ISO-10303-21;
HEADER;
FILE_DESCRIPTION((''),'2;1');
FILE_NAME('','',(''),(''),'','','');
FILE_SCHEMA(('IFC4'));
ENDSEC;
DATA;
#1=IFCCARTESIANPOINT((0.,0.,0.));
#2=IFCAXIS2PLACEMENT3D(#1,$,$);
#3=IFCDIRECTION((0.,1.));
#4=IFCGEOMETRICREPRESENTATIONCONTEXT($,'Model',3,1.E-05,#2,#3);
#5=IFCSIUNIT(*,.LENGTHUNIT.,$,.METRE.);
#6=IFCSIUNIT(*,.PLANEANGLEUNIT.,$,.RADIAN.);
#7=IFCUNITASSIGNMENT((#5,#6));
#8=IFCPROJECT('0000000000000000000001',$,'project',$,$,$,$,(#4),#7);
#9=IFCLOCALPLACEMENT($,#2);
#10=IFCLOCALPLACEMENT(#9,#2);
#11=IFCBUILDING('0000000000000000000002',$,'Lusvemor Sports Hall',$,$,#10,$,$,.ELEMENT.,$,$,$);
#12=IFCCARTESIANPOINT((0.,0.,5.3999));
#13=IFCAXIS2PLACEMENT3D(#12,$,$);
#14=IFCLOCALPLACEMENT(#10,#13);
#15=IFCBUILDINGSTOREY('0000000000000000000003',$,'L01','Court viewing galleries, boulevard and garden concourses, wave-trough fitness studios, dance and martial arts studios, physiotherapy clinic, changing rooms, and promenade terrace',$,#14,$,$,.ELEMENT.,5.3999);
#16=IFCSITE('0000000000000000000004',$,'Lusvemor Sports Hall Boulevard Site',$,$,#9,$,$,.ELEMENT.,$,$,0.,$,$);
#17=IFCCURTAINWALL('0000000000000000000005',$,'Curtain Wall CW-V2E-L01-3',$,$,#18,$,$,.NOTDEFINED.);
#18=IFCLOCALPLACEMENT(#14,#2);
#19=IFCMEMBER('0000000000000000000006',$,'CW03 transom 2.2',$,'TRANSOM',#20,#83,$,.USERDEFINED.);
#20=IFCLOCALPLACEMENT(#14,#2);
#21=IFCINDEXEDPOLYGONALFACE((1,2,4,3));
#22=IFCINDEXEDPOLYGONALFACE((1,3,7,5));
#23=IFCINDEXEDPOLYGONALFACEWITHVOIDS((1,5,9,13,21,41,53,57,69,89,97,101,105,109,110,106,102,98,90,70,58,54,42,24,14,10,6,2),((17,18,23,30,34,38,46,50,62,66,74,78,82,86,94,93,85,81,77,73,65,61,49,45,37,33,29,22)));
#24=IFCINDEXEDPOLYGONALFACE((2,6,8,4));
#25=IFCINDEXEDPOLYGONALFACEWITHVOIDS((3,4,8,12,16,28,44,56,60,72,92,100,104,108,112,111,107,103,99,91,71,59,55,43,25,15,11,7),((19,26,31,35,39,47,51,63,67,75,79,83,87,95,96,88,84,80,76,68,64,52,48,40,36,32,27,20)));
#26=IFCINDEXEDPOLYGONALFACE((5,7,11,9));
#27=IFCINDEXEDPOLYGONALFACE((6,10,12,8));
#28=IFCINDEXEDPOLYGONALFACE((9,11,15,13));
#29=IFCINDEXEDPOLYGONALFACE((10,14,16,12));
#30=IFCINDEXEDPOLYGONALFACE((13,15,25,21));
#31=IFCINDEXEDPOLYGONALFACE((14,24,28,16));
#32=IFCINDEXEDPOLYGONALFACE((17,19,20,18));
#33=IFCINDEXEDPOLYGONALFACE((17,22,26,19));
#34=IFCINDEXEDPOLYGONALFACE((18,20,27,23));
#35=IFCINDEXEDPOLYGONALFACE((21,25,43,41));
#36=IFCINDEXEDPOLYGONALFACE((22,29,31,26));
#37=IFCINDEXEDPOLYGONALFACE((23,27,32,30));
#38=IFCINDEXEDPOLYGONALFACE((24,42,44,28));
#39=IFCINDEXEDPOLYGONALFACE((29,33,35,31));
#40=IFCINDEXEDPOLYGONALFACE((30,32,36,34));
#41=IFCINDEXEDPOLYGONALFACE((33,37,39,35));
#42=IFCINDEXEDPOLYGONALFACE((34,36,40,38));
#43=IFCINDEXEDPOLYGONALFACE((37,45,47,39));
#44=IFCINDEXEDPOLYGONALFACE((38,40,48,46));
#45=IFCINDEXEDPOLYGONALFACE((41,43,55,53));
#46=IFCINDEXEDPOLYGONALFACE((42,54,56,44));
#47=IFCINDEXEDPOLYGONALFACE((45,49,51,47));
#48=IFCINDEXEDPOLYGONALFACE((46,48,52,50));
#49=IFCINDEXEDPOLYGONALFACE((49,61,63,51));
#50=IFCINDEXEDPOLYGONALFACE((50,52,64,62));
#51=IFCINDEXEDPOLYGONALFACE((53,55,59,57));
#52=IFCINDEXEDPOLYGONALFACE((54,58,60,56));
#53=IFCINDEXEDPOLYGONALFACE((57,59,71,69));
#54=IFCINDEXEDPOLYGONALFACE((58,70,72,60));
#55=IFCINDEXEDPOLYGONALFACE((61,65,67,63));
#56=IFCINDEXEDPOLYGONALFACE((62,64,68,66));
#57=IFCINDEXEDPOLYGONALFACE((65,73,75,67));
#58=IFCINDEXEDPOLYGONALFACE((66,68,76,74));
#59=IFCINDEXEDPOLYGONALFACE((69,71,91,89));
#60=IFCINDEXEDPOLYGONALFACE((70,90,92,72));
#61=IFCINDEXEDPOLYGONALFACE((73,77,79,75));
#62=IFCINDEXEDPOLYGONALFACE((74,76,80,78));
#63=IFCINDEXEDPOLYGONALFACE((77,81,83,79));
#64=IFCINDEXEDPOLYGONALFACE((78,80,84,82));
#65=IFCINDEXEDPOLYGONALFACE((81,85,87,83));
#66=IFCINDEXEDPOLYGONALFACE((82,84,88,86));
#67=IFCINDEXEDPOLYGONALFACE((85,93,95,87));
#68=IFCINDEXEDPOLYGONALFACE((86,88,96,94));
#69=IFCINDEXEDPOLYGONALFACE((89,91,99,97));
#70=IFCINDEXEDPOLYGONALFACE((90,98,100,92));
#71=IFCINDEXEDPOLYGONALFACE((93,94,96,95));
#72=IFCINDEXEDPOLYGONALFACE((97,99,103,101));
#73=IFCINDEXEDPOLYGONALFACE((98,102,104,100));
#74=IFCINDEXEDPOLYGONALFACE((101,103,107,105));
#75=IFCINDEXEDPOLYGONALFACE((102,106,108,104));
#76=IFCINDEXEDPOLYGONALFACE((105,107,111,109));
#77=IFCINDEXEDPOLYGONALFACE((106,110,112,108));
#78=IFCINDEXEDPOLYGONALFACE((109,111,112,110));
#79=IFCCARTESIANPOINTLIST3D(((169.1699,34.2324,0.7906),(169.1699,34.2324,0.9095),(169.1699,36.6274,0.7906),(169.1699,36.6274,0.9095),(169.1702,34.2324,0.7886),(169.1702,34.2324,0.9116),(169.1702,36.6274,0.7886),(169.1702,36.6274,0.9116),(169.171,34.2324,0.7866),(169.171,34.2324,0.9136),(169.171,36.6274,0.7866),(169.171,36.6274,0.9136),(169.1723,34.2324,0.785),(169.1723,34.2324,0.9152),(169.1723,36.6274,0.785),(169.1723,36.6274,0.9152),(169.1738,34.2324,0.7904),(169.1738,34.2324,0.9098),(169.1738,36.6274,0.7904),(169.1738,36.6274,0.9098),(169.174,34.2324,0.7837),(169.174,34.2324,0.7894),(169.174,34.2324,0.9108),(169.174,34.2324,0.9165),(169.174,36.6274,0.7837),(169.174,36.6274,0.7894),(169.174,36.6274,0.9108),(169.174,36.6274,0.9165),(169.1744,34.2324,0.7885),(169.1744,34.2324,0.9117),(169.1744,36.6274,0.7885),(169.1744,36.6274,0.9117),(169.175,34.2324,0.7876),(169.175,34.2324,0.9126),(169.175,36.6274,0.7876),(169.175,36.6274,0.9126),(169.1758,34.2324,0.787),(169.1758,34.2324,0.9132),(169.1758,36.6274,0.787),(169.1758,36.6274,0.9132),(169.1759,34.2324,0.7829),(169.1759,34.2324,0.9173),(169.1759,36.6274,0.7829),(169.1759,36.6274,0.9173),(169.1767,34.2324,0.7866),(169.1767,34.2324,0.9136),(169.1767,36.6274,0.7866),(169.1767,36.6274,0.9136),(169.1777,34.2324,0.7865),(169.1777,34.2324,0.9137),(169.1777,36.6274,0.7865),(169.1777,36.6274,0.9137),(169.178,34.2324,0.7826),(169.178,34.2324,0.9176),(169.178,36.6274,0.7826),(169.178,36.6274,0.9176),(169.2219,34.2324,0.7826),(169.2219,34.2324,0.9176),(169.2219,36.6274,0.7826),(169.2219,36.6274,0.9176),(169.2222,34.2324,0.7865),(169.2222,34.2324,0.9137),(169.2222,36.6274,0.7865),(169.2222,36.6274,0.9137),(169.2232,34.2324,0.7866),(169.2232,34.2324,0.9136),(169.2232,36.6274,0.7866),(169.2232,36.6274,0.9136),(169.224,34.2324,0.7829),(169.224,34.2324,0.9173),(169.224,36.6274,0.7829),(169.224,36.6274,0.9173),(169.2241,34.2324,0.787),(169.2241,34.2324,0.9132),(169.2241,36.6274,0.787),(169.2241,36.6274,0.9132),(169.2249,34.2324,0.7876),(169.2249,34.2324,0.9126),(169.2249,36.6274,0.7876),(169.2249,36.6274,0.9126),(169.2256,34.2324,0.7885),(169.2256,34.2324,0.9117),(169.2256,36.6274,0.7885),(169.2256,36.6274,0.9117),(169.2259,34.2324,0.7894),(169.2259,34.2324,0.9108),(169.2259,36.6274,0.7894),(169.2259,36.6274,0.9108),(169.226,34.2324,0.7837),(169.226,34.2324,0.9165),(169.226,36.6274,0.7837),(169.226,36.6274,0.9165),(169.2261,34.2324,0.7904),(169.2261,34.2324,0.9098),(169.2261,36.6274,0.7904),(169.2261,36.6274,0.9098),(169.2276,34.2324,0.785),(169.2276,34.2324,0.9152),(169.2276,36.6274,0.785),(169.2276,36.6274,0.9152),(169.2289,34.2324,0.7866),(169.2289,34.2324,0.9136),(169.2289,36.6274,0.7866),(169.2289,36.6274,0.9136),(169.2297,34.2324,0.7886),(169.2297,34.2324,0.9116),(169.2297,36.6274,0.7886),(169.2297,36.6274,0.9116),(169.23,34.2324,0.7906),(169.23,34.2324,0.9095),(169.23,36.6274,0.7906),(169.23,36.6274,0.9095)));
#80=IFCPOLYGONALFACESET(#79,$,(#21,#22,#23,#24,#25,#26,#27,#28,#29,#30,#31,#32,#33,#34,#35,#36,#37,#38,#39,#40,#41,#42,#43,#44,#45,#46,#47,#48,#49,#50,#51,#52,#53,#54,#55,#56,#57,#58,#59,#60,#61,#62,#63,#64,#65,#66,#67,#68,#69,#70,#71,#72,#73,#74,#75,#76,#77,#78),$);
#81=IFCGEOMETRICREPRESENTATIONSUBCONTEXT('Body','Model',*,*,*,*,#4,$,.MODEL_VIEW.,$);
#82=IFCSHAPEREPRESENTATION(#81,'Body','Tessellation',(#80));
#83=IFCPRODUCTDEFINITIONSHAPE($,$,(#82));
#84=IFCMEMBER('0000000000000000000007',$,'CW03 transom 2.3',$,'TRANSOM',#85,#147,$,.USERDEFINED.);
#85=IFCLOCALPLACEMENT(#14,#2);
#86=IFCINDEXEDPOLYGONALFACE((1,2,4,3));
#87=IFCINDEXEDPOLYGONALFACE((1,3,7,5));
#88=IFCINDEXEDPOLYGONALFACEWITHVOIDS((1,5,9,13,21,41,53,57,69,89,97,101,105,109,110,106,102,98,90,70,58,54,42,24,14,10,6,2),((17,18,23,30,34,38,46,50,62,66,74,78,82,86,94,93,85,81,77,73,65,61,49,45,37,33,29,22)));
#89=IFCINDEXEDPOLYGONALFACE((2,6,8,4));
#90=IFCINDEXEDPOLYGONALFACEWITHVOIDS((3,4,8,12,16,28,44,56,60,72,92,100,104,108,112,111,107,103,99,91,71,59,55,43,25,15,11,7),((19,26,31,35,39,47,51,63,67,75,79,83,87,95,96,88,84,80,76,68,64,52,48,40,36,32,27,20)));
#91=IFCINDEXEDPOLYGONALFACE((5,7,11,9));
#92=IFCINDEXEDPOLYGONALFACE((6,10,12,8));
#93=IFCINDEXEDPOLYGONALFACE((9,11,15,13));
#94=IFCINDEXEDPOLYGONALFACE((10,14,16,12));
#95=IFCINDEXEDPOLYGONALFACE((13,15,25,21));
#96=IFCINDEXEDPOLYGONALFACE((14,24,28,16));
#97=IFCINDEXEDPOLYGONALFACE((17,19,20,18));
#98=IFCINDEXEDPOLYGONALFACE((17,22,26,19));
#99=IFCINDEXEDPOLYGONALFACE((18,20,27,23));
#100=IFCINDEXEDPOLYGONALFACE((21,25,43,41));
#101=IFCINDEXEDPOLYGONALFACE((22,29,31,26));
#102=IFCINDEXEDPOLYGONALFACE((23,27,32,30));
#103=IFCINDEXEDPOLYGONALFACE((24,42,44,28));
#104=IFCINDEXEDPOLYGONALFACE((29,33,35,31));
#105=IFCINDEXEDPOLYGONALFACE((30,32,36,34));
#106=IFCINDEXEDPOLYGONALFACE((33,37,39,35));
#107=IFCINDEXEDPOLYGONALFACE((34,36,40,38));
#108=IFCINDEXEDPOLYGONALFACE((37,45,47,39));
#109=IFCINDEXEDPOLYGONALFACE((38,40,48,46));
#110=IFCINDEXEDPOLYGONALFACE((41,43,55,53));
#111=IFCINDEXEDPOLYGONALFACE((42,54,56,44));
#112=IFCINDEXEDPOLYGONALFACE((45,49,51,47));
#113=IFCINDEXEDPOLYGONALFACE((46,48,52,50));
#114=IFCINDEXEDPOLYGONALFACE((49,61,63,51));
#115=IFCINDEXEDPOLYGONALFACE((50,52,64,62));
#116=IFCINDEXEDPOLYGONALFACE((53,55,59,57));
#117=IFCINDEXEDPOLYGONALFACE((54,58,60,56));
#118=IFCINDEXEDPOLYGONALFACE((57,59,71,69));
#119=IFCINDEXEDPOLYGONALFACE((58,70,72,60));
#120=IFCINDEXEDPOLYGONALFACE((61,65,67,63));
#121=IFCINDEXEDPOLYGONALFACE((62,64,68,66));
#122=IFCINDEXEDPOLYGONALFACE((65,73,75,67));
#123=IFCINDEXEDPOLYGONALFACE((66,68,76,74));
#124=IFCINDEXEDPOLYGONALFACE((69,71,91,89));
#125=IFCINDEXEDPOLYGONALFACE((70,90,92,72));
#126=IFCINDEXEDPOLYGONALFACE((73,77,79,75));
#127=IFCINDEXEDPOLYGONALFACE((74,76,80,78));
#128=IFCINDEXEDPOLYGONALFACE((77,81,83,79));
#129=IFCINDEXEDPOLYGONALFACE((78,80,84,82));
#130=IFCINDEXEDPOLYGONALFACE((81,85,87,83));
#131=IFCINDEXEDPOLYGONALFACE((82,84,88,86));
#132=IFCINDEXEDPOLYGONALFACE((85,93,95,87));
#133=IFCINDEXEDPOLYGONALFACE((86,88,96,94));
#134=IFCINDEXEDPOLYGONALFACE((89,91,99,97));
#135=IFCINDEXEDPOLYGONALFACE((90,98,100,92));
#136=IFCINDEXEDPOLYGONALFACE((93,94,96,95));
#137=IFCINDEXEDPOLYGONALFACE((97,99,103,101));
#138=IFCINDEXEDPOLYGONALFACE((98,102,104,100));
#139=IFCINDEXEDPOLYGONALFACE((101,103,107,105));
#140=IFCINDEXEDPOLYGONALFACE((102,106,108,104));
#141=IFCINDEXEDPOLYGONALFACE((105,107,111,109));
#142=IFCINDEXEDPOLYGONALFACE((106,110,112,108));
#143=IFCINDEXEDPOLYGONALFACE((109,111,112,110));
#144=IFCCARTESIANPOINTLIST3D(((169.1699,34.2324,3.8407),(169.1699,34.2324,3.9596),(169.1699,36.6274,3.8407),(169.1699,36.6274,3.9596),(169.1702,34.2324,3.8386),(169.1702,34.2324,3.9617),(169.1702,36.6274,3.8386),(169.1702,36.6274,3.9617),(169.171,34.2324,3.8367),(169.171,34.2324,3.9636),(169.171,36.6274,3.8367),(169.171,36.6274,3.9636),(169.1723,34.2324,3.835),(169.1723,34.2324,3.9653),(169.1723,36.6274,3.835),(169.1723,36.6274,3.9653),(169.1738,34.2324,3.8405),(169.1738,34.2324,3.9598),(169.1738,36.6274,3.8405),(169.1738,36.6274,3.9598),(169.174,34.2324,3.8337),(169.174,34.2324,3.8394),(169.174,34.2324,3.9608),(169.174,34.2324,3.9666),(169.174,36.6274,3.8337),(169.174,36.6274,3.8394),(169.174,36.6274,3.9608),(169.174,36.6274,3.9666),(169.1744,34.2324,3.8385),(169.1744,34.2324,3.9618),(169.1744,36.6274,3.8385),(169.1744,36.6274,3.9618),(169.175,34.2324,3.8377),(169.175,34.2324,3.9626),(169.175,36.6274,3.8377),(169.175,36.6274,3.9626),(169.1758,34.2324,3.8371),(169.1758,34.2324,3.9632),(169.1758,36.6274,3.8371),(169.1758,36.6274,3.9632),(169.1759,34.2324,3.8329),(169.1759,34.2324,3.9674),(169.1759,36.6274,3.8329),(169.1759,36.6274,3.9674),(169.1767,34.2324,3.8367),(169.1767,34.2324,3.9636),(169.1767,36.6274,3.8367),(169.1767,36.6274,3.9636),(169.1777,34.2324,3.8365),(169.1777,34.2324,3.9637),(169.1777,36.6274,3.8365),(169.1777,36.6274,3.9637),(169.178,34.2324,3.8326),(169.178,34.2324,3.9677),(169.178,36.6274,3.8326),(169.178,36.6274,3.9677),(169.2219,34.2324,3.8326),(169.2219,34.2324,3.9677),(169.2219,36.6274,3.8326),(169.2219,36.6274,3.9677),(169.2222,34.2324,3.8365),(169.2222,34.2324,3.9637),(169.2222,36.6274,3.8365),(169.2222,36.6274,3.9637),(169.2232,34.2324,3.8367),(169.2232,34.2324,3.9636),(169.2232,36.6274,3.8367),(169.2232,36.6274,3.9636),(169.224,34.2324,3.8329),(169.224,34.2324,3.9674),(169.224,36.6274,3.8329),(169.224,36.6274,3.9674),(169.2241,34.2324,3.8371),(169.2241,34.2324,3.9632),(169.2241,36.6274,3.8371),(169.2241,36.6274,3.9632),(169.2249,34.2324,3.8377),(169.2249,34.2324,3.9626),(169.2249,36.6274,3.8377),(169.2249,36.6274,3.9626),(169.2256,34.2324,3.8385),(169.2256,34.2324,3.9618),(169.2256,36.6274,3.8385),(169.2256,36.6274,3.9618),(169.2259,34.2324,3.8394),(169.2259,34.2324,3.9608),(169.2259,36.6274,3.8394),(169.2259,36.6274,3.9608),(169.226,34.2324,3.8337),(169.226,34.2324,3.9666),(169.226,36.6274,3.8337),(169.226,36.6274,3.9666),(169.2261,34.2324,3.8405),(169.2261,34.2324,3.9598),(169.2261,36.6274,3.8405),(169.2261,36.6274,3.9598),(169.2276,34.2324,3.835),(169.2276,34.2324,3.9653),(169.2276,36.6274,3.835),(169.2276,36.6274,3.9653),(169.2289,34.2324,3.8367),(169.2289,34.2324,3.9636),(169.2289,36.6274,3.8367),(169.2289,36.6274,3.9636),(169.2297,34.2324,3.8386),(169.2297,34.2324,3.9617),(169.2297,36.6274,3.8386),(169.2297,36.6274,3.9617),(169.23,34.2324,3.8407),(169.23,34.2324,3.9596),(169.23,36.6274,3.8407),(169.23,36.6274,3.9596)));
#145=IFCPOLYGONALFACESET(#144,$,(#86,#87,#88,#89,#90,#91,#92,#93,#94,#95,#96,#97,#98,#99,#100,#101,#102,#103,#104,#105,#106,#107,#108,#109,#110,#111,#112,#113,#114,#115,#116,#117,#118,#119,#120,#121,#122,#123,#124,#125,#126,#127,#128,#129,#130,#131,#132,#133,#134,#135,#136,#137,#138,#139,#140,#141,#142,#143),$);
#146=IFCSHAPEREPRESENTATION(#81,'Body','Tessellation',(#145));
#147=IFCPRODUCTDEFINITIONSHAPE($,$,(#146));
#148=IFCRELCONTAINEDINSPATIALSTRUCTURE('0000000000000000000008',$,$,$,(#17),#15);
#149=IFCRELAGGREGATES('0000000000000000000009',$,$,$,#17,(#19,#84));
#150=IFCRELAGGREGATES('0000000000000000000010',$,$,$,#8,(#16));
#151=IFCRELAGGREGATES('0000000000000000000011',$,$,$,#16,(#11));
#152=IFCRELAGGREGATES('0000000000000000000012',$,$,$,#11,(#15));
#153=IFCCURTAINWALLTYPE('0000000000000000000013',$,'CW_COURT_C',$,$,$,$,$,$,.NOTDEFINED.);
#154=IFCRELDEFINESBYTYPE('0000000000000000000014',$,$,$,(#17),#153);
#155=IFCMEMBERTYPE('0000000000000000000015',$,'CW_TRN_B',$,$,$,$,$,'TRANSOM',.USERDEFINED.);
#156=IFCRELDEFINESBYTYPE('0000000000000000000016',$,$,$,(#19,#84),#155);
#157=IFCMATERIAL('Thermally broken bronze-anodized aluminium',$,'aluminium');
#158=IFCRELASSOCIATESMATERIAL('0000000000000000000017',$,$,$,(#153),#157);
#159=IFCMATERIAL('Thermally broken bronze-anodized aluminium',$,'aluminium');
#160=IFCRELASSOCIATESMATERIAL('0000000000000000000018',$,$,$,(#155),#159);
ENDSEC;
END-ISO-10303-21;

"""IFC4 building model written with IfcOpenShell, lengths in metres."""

from ifc_helpers import new_model, si_unit, direction, frame, origin, origin_2d, place, context, subcontext, project, spatial, hollow_rectangle, extrude, material, material_profile, profile_set, type_object, element, aggregate, save


model = new_model("IFC4")

# Units and contexts
model_context = context("Model", 3, precision=1e-05, world=origin(), true_north=direction((0.0, 1.0)))
body_context = subcontext(model_context, "Body", "Model", "MODEL_VIEW")
ifc_project = project(units=[si_unit("LENGTHUNIT", "METRE"), si_unit("PLANEANGLEUNIT", "RADIAN")], contexts=[model_context])

# Site, building, storey
site_placement = place(None, origin())
site = spatial("IfcSite", under=ifc_project, at=site_placement, Name="Lusvemor Sports Hall Boulevard Site", CompositionType="ELEMENT", RefElevation=0.0)
building_placement = place(site_placement, origin())
building = spatial("IfcBuilding", under=site, at=building_placement, Name="Lusvemor Sports Hall", CompositionType="ELEMENT")
storey_placement = place(building_placement, frame((0.0, 0.0, 5.3999)))
storey = spatial("IfcBuildingStorey", under=building, at=storey_placement, Name="L01", Description="Court viewing galleries, boulevard and garden concourses, wave-trough fitness studios, dance and martial arts studios, physiotherapy clinic, changing rooms, and promenade terrace", CompositionType="ELEMENT", Elevation=5.3999)

# Curtain wall
ifc_material_1 = material(Name="Thermally broken bronze-anodized aluminium", Category="aluminium")
curtain_wall_type_1 = type_object("IfcCurtainWallType", Name="CW_COURT_C", PredefinedType="NOTDEFINED", material=ifc_material_1)
curtain_wall_1_placement = place(storey_placement, origin())
curtain_wall_1 = element("IfcCurtainWall", 1, at=curtain_wall_1_placement, inside=storey, type_object=curtain_wall_type_1, Name="Curtain Wall CW-V2E-L01-3", PredefinedType="NOTDEFINED")

# Members
ifc_material_2 = material(Name="Thermally broken bronze-anodized aluminium", Category="aluminium")
ifc_material_profile_1 = material_profile(ifc_material_2, hollow_rectangle(XDim=0.0601, YDim=0.135, WallThickness=0.0039, InnerFilletRadius=0.0039, OuterFilletRadius=0.0081, at=origin_2d()), Name="CWTRN135x60x4")
ifc_profile_set_1 = profile_set([ifc_material_profile_1], Name="Thermally broken bronze-anodized aluminium")
member_type_1 = type_object("IfcMemberType", Name="CW_TRN_B", ElementType="TRANSOM", PredefinedType="USERDEFINED", material=ifc_profile_set_1)
member_1_placement = place(storey_placement, frame((169.2, 36.6274, 0.8501), z_axis=(0.0, -1.0, 0.0), x_axis=(1.0, 0.0, 0.0)))
member_1 = element("IfcMember", 2, at=member_1_placement, type_object=member_type_1, Name="CW03 transom 2.2", ObjectType="TRANSOM", PredefinedType="USERDEFINED", context=body_context, shape_type="SweptSolid", body=[
    extrude(hollow_rectangle(XDim=0.0601, YDim=0.135, WallThickness=0.0039, InnerFilletRadius=0.0039, OuterFilletRadius=0.0081, at=origin_2d()), origin(), (0.0, 0.0, 1.0), 2.395),
])
member_2_placement = place(storey_placement, frame((169.2, 36.6274, 3.9001), z_axis=(0.0, -1.0, 0.0), x_axis=(1.0, 0.0, 0.0)))
member_2 = element("IfcMember", 3, at=member_2_placement, type_object=member_type_1, Name="CW03 transom 2.3", ObjectType="TRANSOM", PredefinedType="USERDEFINED", context=body_context, shape_type="SweptSolid", body=[
    extrude(hollow_rectangle(XDim=0.0601, YDim=0.135, WallThickness=0.0039, InnerFilletRadius=0.0039, OuterFilletRadius=0.0081, at=origin_2d()), origin(), (0.0, 0.0, 1.0), 2.395),
])

aggregate(curtain_wall_1, [member_1, member_2])

save(model, "model.ifc")
